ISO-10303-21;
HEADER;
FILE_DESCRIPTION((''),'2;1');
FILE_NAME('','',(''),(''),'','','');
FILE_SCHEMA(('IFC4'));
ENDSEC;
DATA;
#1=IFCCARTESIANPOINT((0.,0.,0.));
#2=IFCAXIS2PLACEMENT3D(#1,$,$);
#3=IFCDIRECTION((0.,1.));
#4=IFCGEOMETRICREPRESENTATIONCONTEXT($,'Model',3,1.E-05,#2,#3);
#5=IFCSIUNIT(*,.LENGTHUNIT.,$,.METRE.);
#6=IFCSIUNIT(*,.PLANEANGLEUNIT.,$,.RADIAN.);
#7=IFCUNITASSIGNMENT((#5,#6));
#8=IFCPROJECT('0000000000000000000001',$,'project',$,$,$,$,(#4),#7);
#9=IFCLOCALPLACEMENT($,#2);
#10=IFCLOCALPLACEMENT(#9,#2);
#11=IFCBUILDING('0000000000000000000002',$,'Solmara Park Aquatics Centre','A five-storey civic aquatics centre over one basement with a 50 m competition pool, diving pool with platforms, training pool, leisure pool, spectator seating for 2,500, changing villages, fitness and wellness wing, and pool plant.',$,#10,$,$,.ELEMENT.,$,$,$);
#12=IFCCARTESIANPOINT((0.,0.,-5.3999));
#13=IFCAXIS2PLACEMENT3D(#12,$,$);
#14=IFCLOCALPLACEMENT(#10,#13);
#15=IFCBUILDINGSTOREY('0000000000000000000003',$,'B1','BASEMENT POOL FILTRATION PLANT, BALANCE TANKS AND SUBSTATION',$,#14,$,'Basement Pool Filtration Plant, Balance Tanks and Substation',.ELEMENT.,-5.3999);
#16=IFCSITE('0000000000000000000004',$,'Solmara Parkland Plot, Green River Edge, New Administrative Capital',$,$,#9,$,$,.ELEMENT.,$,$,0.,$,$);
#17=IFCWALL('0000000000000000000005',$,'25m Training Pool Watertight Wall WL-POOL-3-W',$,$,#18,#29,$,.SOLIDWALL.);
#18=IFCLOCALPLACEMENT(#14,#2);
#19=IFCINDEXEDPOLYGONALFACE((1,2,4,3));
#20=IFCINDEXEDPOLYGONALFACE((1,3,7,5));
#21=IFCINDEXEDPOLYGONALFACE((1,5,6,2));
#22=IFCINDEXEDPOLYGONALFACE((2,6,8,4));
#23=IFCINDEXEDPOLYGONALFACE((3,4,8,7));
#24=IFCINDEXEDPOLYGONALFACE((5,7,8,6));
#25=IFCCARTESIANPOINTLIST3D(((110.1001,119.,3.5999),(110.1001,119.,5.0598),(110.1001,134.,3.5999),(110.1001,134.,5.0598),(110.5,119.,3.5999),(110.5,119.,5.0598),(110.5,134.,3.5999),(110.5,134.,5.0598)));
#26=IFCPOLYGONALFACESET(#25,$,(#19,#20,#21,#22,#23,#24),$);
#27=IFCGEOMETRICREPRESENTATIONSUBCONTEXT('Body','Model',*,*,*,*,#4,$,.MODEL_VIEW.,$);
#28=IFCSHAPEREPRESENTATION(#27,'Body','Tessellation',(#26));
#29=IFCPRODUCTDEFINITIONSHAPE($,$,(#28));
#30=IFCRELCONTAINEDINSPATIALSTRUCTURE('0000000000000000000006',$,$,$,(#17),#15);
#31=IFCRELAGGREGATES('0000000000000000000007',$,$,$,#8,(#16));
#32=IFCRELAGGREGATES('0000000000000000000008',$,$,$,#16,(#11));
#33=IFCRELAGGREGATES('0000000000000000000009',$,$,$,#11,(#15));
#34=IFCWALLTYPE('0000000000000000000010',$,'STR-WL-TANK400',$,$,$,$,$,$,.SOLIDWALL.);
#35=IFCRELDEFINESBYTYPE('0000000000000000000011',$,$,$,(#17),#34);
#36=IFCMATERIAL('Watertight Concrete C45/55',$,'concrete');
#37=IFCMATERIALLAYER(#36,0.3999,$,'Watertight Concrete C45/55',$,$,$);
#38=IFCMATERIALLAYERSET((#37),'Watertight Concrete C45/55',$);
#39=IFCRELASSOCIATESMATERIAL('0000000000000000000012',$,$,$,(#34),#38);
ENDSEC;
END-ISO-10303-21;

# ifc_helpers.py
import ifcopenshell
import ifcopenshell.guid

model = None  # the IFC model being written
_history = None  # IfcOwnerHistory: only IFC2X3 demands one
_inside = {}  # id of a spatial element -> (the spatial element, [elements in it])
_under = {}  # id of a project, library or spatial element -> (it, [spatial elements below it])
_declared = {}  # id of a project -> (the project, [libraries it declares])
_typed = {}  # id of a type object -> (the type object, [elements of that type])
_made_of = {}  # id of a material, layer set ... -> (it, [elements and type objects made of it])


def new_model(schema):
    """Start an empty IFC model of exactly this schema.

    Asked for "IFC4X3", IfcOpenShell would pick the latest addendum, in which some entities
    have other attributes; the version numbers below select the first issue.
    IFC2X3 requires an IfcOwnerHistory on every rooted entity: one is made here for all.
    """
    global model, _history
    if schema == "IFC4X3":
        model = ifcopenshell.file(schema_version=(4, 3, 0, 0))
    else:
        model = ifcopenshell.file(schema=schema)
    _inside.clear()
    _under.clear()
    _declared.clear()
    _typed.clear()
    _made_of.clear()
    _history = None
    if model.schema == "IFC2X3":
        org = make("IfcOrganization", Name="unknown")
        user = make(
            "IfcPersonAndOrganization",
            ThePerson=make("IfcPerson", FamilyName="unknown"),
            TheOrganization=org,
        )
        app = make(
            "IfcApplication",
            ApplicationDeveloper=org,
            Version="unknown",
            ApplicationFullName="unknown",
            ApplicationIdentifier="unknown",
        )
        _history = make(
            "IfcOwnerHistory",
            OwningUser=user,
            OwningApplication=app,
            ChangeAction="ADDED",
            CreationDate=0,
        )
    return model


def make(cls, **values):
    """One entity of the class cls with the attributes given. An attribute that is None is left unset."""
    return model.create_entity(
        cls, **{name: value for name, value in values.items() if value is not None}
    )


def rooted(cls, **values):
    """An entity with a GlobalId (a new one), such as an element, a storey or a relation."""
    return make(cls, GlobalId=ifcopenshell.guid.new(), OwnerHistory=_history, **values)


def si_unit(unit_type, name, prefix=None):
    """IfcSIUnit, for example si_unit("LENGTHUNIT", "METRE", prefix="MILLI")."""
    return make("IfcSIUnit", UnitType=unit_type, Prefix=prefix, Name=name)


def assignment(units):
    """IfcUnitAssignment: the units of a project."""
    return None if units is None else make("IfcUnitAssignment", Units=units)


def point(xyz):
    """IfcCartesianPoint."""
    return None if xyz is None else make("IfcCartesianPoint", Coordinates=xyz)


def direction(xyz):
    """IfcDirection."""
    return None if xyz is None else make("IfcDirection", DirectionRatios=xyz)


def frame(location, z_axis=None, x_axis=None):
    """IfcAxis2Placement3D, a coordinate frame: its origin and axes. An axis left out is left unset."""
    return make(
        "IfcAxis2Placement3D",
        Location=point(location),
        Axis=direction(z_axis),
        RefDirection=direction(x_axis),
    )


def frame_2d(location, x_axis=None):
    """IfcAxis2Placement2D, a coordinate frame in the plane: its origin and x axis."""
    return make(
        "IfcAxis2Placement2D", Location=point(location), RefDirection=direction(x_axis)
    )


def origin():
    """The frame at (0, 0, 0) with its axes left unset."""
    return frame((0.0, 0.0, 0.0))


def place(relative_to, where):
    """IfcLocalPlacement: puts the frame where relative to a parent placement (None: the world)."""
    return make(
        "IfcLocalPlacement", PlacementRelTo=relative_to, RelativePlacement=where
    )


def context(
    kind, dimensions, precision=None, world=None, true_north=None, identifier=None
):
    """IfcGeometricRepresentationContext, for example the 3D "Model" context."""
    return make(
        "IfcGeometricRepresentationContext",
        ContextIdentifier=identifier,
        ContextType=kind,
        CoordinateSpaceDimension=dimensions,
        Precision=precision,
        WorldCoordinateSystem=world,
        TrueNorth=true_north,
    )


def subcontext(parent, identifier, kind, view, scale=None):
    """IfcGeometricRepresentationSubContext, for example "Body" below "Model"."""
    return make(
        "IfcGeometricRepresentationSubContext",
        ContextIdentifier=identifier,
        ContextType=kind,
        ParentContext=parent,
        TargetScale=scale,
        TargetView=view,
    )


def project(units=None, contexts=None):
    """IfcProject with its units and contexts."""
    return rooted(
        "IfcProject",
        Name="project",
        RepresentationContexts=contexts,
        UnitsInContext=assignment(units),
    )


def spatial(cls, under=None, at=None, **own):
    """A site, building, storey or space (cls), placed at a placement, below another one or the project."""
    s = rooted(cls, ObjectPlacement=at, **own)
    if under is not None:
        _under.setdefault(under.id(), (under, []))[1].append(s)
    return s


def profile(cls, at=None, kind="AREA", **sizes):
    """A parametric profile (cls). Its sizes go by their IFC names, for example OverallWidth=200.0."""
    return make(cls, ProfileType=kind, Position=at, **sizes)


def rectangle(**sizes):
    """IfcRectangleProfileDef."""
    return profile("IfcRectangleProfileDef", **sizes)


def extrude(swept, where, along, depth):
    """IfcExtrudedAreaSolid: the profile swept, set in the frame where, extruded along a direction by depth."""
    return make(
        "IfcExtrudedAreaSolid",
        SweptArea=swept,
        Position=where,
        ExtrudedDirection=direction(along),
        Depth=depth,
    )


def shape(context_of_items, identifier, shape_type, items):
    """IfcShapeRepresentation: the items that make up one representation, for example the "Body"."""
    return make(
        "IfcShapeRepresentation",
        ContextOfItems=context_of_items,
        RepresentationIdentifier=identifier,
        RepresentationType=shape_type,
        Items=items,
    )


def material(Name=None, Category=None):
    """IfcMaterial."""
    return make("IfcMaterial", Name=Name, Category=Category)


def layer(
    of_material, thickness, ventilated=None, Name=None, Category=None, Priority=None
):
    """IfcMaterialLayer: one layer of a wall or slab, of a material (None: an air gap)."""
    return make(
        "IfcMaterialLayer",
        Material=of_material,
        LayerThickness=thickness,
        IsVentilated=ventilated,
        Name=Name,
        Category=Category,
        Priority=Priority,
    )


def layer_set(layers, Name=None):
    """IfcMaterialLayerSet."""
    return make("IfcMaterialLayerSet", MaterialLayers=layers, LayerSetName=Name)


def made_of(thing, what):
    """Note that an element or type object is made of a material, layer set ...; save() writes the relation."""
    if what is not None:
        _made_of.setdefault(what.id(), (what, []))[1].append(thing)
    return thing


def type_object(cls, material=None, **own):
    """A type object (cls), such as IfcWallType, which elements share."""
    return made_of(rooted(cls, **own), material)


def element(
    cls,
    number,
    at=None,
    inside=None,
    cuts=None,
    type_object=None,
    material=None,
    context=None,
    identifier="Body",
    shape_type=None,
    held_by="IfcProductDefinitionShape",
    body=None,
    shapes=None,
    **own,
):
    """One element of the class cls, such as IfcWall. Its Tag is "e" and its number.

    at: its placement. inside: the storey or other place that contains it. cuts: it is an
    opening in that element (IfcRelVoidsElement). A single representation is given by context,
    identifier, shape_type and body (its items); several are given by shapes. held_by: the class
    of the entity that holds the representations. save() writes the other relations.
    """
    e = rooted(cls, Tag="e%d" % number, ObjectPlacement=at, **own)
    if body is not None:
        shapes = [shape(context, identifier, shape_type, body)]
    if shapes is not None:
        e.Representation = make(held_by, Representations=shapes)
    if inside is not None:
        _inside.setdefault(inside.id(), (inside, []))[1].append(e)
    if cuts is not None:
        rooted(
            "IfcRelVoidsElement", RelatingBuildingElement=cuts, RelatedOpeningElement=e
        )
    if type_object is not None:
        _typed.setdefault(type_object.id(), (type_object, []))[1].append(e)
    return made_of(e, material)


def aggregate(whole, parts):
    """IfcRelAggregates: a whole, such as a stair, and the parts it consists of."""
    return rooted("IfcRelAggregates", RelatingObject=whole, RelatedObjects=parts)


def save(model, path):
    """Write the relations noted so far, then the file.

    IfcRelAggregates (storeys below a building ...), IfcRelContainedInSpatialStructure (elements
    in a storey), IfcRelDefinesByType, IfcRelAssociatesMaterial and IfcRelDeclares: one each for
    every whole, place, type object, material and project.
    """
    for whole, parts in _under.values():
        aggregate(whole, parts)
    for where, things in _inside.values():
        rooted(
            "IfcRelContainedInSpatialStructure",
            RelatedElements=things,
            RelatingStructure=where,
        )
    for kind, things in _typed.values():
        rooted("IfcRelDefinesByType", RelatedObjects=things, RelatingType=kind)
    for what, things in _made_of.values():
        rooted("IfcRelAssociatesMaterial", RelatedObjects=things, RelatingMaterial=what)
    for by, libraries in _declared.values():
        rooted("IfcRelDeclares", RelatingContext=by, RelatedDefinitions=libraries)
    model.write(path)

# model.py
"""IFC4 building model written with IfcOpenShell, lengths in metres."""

from ifc_helpers import new_model, si_unit, direction, frame, frame_2d, origin, place, context, subcontext, project, spatial, rectangle, extrude, material, layer, layer_set, type_object, element, save


model = new_model("IFC4")

# Units and contexts
model_context = context("Model", 3, precision=1e-05, world=origin(), true_north=direction((0.0, 1.0)))
body_context = subcontext(model_context, "Body", "Model", "MODEL_VIEW")
ifc_project = project(units=[si_unit("LENGTHUNIT", "METRE"), si_unit("PLANEANGLEUNIT", "RADIAN")], contexts=[model_context])

# Site, building, storey
site_placement = place(None, origin())
site = spatial("IfcSite", under=ifc_project, at=site_placement, Name="Solmara Parkland Plot, Green River Edge, New Administrative Capital", CompositionType="ELEMENT", RefElevation=0.0)
building_placement = place(site_placement, origin())
building = spatial("IfcBuilding", under=site, at=building_placement, Name="Solmara Park Aquatics Centre", Description="A five-storey civic aquatics centre over one basement with a 50 m competition pool, diving pool with platforms, training pool, leisure pool, spectator seating for 2,500, changing villages, fitness and wellness wing, and pool plant.", CompositionType="ELEMENT")
storey_placement = place(building_placement, frame((0.0, 0.0, -5.3999)))
storey = spatial("IfcBuildingStorey", under=building, at=storey_placement, Name="B1", Description="BASEMENT POOL FILTRATION PLANT, BALANCE TANKS AND SUBSTATION", LongName="Basement Pool Filtration Plant, Balance Tanks and Substation", CompositionType="ELEMENT", Elevation=-5.3999)

# Shared definitions
ifc_material_1 = material(Name="Watertight Concrete C45/55", Category="concrete")

# Wall
ifc_layer = layer(ifc_material_1, 0.3999, Name="Watertight Concrete C45/55")
ifc_layer_set = layer_set([ifc_layer], Name="Watertight Concrete C45/55")
wall_type = type_object("IfcWallType", Name="STR-WL-TANK400", PredefinedType="SOLIDWALL", material=ifc_layer_set)
wall_placement = place(storey_placement, frame((110.3, 119.0, 3.5999), z_axis=(0.0, 0.0, 1.0), x_axis=(0.0, 1.0, 0.0)))
element("IfcWall", 1, at=wall_placement, inside=storey, type_object=wall_type, Name="25m Training Pool Watertight Wall WL-POOL-3-W", PredefinedType="SOLIDWALL", context=body_context, shape_type="SweptSolid", body=[
    extrude(rectangle(XDim=15.0, YDim=0.3999, at=frame_2d((7.5, 0.0))), origin(), (0.0, 0.0, 1.0), 1.46),
])

save(model, "model.ifc")
